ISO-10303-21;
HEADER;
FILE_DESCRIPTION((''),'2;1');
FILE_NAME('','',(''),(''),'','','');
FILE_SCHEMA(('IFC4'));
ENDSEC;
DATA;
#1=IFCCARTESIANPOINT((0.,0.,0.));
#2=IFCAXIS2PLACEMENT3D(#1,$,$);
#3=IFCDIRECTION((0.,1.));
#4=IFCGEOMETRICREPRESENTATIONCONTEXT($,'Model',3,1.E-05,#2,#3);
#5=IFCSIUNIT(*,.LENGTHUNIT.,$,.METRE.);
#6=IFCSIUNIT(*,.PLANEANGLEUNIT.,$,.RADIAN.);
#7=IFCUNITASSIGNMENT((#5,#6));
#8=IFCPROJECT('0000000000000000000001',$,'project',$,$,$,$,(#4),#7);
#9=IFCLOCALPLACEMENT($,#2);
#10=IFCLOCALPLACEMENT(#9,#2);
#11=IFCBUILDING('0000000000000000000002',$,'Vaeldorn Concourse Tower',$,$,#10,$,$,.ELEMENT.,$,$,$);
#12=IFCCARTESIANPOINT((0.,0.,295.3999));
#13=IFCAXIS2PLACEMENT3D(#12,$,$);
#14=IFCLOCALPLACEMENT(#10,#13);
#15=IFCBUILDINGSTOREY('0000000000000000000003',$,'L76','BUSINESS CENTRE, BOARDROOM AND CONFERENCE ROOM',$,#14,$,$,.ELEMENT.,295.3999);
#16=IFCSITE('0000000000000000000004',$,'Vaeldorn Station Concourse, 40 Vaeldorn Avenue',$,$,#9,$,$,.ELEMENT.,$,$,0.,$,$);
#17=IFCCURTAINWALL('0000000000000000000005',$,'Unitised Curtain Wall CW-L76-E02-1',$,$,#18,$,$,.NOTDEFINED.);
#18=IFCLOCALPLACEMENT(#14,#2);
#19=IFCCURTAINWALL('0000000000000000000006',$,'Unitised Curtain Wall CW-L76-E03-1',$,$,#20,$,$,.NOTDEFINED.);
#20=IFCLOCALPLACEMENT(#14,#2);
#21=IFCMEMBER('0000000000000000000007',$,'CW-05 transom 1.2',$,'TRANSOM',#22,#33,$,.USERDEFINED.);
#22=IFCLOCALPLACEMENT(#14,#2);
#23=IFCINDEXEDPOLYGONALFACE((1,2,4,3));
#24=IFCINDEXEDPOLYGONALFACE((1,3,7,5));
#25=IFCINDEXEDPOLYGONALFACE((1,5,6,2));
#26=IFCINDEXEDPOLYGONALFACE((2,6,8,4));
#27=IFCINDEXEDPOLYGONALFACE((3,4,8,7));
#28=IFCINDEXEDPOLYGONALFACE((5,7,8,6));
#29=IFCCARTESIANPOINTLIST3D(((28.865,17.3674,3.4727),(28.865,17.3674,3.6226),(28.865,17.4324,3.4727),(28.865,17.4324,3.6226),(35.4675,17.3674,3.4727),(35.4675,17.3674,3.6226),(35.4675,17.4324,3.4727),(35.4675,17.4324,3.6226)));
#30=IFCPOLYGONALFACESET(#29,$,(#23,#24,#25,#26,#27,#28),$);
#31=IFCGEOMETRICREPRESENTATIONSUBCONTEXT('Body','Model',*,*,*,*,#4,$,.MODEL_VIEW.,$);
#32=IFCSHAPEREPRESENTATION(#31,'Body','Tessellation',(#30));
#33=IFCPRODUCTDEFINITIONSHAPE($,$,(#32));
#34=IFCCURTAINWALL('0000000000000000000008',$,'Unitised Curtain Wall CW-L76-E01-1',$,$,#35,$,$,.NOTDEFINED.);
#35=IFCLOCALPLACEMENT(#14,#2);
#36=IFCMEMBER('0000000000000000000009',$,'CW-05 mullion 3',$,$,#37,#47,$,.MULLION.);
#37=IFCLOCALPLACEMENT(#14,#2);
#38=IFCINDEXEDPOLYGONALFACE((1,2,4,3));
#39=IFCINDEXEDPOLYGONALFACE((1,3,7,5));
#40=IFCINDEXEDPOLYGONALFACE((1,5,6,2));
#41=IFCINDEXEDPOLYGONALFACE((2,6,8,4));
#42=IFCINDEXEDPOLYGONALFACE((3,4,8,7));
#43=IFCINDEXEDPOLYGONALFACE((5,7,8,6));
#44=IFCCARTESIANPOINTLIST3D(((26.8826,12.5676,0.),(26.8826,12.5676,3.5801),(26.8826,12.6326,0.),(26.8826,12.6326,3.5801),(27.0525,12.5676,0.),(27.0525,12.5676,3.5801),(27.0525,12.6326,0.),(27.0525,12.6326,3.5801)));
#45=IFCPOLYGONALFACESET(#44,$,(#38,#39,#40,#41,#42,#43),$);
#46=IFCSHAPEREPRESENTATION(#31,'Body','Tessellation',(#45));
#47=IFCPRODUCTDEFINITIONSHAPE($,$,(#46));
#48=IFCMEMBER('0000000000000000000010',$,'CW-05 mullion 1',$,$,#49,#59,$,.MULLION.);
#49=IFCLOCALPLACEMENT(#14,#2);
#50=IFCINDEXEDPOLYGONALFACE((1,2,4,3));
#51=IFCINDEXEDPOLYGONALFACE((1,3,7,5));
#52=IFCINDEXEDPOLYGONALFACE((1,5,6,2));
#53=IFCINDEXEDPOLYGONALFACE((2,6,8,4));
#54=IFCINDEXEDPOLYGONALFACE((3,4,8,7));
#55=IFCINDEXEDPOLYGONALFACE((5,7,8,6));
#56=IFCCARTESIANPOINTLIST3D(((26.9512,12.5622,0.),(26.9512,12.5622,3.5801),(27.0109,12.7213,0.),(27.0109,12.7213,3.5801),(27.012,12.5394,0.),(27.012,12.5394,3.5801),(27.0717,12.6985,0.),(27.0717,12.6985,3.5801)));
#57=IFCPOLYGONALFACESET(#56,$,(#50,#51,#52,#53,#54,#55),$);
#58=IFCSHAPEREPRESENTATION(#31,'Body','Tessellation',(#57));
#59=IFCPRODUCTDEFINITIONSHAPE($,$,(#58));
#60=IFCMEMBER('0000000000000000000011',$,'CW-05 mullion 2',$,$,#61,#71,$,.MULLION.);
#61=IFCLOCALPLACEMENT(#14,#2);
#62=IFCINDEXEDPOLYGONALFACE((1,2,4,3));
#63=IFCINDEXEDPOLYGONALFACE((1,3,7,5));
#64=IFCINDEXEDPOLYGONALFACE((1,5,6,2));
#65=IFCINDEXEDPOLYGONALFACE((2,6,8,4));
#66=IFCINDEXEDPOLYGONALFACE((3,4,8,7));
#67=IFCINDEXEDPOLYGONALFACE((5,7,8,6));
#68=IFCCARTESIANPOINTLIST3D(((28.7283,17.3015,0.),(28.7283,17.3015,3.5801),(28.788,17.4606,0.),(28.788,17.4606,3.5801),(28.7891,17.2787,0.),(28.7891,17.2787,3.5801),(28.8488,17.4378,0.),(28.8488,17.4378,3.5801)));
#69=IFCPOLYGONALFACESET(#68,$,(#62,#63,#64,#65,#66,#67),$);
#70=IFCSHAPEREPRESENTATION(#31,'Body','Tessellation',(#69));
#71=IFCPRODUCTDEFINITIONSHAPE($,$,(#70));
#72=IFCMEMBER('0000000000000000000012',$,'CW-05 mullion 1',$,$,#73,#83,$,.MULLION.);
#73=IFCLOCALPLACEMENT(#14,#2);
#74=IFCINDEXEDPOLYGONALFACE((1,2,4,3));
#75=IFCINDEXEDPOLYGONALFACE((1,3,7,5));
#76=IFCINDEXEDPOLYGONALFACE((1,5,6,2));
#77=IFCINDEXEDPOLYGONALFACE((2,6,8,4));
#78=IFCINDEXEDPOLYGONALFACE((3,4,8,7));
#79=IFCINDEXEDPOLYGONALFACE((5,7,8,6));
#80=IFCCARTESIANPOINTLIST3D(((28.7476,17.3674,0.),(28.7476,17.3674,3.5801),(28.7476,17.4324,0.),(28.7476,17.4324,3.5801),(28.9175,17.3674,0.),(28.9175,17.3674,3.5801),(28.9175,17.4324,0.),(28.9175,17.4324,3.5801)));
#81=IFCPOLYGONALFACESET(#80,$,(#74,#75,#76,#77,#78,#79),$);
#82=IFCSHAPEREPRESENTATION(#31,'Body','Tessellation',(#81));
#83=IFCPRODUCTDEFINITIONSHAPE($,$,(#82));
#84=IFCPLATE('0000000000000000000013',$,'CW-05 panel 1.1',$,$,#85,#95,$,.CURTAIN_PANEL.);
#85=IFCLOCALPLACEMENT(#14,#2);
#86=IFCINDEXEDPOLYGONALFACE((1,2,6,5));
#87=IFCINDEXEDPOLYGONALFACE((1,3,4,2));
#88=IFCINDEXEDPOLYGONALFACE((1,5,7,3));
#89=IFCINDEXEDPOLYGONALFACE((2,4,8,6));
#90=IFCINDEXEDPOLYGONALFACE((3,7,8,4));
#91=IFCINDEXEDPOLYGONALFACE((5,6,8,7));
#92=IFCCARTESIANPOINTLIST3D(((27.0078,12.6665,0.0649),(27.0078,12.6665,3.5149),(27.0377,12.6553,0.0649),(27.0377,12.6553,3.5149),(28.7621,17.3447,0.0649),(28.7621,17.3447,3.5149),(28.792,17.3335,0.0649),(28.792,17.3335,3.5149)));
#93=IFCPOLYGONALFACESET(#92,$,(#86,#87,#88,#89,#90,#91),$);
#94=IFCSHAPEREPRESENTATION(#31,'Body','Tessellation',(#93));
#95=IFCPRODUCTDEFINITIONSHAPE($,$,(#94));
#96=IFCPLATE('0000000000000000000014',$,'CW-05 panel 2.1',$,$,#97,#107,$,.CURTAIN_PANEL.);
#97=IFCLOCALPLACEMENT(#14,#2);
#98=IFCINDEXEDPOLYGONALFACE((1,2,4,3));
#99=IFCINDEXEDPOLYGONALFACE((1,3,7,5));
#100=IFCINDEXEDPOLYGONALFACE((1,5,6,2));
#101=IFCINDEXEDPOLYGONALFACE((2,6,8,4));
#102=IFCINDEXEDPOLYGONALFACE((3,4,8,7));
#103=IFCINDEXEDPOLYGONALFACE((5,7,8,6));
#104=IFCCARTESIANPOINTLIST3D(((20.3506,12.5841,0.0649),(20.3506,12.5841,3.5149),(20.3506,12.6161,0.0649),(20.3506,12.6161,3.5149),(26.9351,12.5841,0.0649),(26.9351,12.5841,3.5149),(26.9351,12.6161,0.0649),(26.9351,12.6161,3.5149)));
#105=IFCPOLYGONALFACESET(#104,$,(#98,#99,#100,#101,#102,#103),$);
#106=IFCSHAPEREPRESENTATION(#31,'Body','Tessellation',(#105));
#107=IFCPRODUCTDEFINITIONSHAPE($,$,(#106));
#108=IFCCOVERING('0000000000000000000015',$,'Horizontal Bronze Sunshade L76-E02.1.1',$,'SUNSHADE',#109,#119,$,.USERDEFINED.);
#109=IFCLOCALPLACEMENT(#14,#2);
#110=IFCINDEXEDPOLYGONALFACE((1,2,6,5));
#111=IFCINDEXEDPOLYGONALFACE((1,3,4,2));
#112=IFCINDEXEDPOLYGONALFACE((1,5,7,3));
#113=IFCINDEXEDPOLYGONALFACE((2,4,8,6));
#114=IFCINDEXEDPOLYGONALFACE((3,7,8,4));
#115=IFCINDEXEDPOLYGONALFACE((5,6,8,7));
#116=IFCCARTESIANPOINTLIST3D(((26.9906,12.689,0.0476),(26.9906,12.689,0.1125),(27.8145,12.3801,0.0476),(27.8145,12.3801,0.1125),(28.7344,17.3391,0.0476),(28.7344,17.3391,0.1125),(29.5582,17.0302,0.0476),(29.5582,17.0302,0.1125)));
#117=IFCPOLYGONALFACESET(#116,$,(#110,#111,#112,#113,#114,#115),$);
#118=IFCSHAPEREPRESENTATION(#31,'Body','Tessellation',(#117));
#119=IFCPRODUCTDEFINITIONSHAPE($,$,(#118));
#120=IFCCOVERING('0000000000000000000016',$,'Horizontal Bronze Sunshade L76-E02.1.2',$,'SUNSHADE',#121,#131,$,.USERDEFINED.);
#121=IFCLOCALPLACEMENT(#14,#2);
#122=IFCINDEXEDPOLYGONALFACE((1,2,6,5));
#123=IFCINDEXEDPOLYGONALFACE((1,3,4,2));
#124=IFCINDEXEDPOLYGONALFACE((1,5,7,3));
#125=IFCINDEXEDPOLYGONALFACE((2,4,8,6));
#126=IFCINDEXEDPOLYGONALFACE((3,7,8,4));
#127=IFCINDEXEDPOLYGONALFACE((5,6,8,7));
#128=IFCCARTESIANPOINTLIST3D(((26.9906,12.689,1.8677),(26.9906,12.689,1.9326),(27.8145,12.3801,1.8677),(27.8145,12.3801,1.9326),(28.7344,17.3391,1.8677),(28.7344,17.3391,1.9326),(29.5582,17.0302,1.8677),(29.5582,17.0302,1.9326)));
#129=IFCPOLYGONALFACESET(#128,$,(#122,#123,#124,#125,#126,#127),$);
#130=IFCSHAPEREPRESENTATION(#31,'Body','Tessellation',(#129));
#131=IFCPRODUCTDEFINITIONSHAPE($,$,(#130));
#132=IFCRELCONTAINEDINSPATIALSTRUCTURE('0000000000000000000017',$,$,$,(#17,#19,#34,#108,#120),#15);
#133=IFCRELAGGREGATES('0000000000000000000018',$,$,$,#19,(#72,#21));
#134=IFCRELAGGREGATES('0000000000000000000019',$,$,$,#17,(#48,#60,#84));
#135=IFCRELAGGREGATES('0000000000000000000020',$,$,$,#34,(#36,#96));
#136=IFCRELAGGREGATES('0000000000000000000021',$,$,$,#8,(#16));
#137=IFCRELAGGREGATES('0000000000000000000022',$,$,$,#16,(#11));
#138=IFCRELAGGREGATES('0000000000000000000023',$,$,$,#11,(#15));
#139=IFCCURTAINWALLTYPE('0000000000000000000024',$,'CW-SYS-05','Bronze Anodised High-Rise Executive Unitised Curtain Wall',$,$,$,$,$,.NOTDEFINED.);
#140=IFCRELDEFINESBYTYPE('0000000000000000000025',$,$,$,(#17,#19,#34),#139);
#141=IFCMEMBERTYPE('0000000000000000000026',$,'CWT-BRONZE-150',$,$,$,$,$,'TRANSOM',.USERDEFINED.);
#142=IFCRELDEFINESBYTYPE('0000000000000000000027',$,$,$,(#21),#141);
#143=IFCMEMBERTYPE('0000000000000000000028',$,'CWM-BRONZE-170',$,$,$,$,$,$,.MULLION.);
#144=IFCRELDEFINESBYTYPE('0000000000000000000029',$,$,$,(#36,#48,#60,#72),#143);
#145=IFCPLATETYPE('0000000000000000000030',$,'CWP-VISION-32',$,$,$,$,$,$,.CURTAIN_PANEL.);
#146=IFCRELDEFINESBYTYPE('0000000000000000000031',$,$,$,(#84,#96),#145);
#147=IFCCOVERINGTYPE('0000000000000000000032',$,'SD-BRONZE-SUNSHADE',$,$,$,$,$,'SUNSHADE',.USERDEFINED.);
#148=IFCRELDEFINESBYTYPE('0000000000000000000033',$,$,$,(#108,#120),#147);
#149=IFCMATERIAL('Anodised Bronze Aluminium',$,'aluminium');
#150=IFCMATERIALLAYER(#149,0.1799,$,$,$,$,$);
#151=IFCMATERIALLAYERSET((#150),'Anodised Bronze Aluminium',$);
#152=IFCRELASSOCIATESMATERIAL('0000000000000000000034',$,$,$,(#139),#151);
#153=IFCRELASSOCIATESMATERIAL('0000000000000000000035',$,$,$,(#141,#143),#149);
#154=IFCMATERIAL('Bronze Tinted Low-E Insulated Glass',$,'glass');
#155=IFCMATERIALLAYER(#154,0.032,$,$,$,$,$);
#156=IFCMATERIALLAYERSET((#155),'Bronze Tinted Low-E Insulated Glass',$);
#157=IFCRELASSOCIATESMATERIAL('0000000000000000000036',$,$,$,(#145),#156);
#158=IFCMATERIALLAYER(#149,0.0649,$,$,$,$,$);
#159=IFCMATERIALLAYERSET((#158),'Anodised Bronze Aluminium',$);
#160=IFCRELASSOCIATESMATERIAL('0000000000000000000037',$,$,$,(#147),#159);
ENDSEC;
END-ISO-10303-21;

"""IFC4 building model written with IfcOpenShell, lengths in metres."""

from ifc_helpers import new_model, si_unit, direction, frame, origin, origin_2d, place, context, subcontext, project, spatial, rectangle, extrude, source, transform, mapped, material, layer, layer_set, material_profile, profile_set, type_object, element, aggregate, save


model = new_model("IFC4")

# Units and contexts
model_context = context("Model", 3, precision=1e-05, world=origin(), true_north=direction((0.0, 1.0)))
body_context = subcontext(model_context, "Body", "Model", "MODEL_VIEW")
ifc_project = project(units=[si_unit("LENGTHUNIT", "METRE"), si_unit("PLANEANGLEUNIT", "RADIAN")], contexts=[model_context])

# Site, building, storey
site_placement = place(None, origin())
site = spatial("IfcSite", under=ifc_project, at=site_placement, Name="Vaeldorn Station Concourse, 40 Vaeldorn Avenue", CompositionType="ELEMENT", RefElevation=0.0)
building_placement = place(site_placement, origin())
building = spatial("IfcBuilding", under=site, at=building_placement, Name="Vaeldorn Concourse Tower", CompositionType="ELEMENT")
storey_placement = place(building_placement, frame((0.0, 0.0, 295.3999)))
storey = spatial("IfcBuildingStorey", under=building, at=storey_placement, Name="L76", Description="BUSINESS CENTRE, BOARDROOM AND CONFERENCE ROOM", CompositionType="ELEMENT", Elevation=295.3999)

# Curtain walls, member
ifc_material_1 = material(Name="Anodised Bronze Aluminium", Category="aluminium")
ifc_layer_1 = layer(ifc_material_1, 0.1799)
ifc_layer_set_1 = layer_set([ifc_layer_1], Name="Anodised Bronze Aluminium")
curtain_wall_type = type_object("IfcCurtainWallType", Name="CW-SYS-05", Description="Bronze Anodised High-Rise Executive Unitised Curtain Wall", PredefinedType="NOTDEFINED", material=ifc_layer_set_1)
curtain_wall_1_placement = place(storey_placement, origin())
curtain_wall_1 = element("IfcCurtainWall", 1, at=curtain_wall_1_placement, inside=storey, type_object=curtain_wall_type, Name="Unitised Curtain Wall CW-L76-E02-1", PredefinedType="NOTDEFINED")
ifc_material_profile_1 = material_profile(ifc_material_1, rectangle(XDim=0.0649, YDim=0.1499, at=origin_2d()), Name="CWT 65x150")
ifc_profile_set_1 = profile_set([ifc_material_profile_1], Name="Anodised Bronze Aluminium")
member_type_1 = type_object("IfcMemberType", Name="CWT-BRONZE-150", ElementType="TRANSOM", PredefinedType="USERDEFINED", material=ifc_profile_set_1)
curtain_wall_2_placement = place(storey_placement, origin())
curtain_wall_2 = element("IfcCurtainWall", 2, at=curtain_wall_2_placement, inside=storey, type_object=curtain_wall_type, Name="Unitised Curtain Wall CW-L76-E03-1", PredefinedType="NOTDEFINED")
shared_shape_1 = source(origin(), body_context, "Body", "SweptSolid", [
    extrude(rectangle(XDim=0.0649, YDim=0.1499, at=origin_2d()), origin(), (0.0, 0.0, 1.0), 6.6025),
])
member_1_placement = place(storey_placement, frame((28.865, 17.3999, 3.5476), z_axis=(1.0, 0.0, 0.0), x_axis=(0.0, 1.0, 0.0)))
member_1 = element("IfcMember", 3, at=member_1_placement, type_object=member_type_1, Name="CW-05 transom 1.2", ObjectType="TRANSOM", PredefinedType="USERDEFINED", context=body_context, shape_type="MappedRepresentation", body=[
    mapped(shared_shape_1, transform((0.0, 0.0, 0.0), scale=1.0)),
])

# Curtain wall, member
curtain_wall_3_placement = place(storey_placement, origin())
curtain_wall_3 = element("IfcCurtainWall", 4, at=curtain_wall_3_placement, inside=storey, type_object=curtain_wall_type, Name="Unitised Curtain Wall CW-L76-E01-1", PredefinedType="NOTDEFINED")
ifc_material_profile_2 = material_profile(ifc_material_1, rectangle(XDim=0.0649, YDim=0.1699, at=origin_2d()), Name="CWM 65x170")
ifc_profile_set_2 = profile_set([ifc_material_profile_2], Name="Anodised Bronze Aluminium")
member_type_2 = type_object("IfcMemberType", Name="CWM-BRONZE-170", PredefinedType="MULLION", material=ifc_profile_set_2)
shared_shape_2 = source(origin(), body_context, "Body", "SweptSolid", [
    extrude(rectangle(XDim=0.0649, YDim=0.1699, at=origin_2d()), origin(), (0.0, 0.0, 1.0), 3.5801),
])
member_2_placement = place(storey_placement, frame((26.9675, 12.6001, 0.0), z_axis=(0.0, 0.0, 1.0), x_axis=(0.0, 1.0, 0.0)))
member_2 = element("IfcMember", 5, at=member_2_placement, type_object=member_type_2, Name="CW-05 mullion 3", PredefinedType="MULLION", context=body_context, shape_type="MappedRepresentation", body=[
    mapped(shared_shape_2, transform((0.0, 0.0, 0.0), scale=1.0)),
])

# Members
member_3_placement = place(storey_placement, frame((27.0115, 12.6304, 0.0), z_axis=(0.0, 0.0, 1.0), x_axis=(-0.936329, 0.351123, 0.0)))
member_3 = element("IfcMember", 6, at=member_3_placement, type_object=member_type_2, Name="CW-05 mullion 1", PredefinedType="MULLION", context=body_context, shape_type="MappedRepresentation", body=[
    mapped(shared_shape_2, transform((0.0, 0.0, 0.0), scale=1.0)),
])
member_4_placement = place(storey_placement, frame((28.7886, 17.3696, 0.0), z_axis=(0.0, 0.0, 1.0), x_axis=(-0.936329, 0.351123, 0.0)))
member_4 = element("IfcMember", 7, at=member_4_placement, type_object=member_type_2, Name="CW-05 mullion 2", PredefinedType="MULLION", context=body_context, shape_type="MappedRepresentation", body=[
    mapped(shared_shape_2, transform((0.0, 0.0, 0.0), scale=1.0)),
])
member_5_placement = place(storey_placement, frame((28.8325, 17.3999, 0.0), z_axis=(0.0, 0.0, 1.0), x_axis=(0.0, 1.0, 0.0)))
member_5 = element("IfcMember", 8, at=member_5_placement, type_object=member_type_2, Name="CW-05 mullion 1", PredefinedType="MULLION", context=body_context, shape_type="MappedRepresentation", body=[
    mapped(shared_shape_2, transform((0.0, 0.0, 0.0), scale=1.0)),
])
aggregate(curtain_wall_2, [member_5, member_1])

# Plates
ifc_material_2 = material(Name="Bronze Tinted Low-E Insulated Glass", Category="glass")
ifc_layer_2 = layer(ifc_material_2, 0.032)
ifc_layer_set_2 = layer_set([ifc_layer_2], Name="Bronze Tinted Low-E Insulated Glass")
plate_type = type_object("IfcPlateType", Name="CWP-VISION-32", PredefinedType="CURTAIN_PANEL", material=ifc_layer_set_2)
shared_shape_3 = source(origin(), body_context, "Body", "SweptSolid", [
    extrude(rectangle(XDim=4.9963, YDim=0.032, at=origin_2d()), origin(), (0.0, 0.0, 1.0), 3.45),
])
plate_1_placement = place(storey_placement, frame((27.8999, 15.0, 0.0649), z_axis=(0.0, 0.0, 1.0), x_axis=(0.351123, 0.936329, 0.0)))
plate_1 = element("IfcPlate", 9, at=plate_1_placement, type_object=plate_type, Name="CW-05 panel 1.1", PredefinedType="CURTAIN_PANEL", context=body_context, shape_type="MappedRepresentation", body=[
    mapped(shared_shape_3, transform((0.0, 0.0, 0.0), scale=1.0)),
])
aggregate(curtain_wall_1, [member_3, member_4, plate_1])
shared_shape_4 = source(origin(), body_context, "Body", "SweptSolid", [
    extrude(rectangle(XDim=6.5845, YDim=0.032, at=origin_2d()), origin(), (0.0, 0.0, 1.0), 3.45),
])
plate_2_placement = place(storey_placement, frame((23.6428, 12.6001, 0.0649), z_axis=(0.0, 0.0, 1.0), x_axis=(1.0, 0.0, 0.0)))
plate_2 = element("IfcPlate", 10, at=plate_2_placement, type_object=plate_type, Name="CW-05 panel 2.1", PredefinedType="CURTAIN_PANEL", context=body_context, shape_type="MappedRepresentation", body=[
    mapped(shared_shape_4, transform((0.0, 0.0, 0.0), scale=1.0)),
])
aggregate(curtain_wall_3, [member_2, plate_2])

# Coverings
ifc_layer_3 = layer(ifc_material_1, 0.0649)
ifc_layer_set_3 = layer_set([ifc_layer_3], Name="Anodised Bronze Aluminium")
covering_type = type_object("IfcCoveringType", Name="SD-BRONZE-SUNSHADE", ElementType="SUNSHADE", PredefinedType="USERDEFINED", material=ifc_layer_set_3)
shared_shape_5 = source(origin(), body_context, "Body", "SweptSolid", [
    extrude(rectangle(XDim=4.9663, YDim=0.8799, at=origin_2d()), origin(), (0.0, 0.0, 1.0), 0.0649),
])
for number, where, z_axis, x_axis, name in (
    (11, (28.2744, 14.8596, 0.0476), (0.0, 0.0, 1.0), (0.351123, 0.936329, 0.0), "Horizontal Bronze Sunshade L76-E02.1.1"),
    (12, (28.2744, 14.8596, 1.8677), (0.0, 0.0, 1.0), (0.351123, 0.936329, 0.0), "Horizontal Bronze Sunshade L76-E02.1.2"),
):
    element("IfcCovering", number, at=place(storey_placement, frame(where, z_axis=z_axis, x_axis=x_axis)), inside=storey, type_object=covering_type, Name=name, ObjectType="SUNSHADE", PredefinedType="USERDEFINED", context=body_context, shape_type="MappedRepresentation", body=[
        mapped(shared_shape_5, transform((0.0, 0.0, 0.0), scale=1.0)),
    ])

save(model, "model.ifc")
